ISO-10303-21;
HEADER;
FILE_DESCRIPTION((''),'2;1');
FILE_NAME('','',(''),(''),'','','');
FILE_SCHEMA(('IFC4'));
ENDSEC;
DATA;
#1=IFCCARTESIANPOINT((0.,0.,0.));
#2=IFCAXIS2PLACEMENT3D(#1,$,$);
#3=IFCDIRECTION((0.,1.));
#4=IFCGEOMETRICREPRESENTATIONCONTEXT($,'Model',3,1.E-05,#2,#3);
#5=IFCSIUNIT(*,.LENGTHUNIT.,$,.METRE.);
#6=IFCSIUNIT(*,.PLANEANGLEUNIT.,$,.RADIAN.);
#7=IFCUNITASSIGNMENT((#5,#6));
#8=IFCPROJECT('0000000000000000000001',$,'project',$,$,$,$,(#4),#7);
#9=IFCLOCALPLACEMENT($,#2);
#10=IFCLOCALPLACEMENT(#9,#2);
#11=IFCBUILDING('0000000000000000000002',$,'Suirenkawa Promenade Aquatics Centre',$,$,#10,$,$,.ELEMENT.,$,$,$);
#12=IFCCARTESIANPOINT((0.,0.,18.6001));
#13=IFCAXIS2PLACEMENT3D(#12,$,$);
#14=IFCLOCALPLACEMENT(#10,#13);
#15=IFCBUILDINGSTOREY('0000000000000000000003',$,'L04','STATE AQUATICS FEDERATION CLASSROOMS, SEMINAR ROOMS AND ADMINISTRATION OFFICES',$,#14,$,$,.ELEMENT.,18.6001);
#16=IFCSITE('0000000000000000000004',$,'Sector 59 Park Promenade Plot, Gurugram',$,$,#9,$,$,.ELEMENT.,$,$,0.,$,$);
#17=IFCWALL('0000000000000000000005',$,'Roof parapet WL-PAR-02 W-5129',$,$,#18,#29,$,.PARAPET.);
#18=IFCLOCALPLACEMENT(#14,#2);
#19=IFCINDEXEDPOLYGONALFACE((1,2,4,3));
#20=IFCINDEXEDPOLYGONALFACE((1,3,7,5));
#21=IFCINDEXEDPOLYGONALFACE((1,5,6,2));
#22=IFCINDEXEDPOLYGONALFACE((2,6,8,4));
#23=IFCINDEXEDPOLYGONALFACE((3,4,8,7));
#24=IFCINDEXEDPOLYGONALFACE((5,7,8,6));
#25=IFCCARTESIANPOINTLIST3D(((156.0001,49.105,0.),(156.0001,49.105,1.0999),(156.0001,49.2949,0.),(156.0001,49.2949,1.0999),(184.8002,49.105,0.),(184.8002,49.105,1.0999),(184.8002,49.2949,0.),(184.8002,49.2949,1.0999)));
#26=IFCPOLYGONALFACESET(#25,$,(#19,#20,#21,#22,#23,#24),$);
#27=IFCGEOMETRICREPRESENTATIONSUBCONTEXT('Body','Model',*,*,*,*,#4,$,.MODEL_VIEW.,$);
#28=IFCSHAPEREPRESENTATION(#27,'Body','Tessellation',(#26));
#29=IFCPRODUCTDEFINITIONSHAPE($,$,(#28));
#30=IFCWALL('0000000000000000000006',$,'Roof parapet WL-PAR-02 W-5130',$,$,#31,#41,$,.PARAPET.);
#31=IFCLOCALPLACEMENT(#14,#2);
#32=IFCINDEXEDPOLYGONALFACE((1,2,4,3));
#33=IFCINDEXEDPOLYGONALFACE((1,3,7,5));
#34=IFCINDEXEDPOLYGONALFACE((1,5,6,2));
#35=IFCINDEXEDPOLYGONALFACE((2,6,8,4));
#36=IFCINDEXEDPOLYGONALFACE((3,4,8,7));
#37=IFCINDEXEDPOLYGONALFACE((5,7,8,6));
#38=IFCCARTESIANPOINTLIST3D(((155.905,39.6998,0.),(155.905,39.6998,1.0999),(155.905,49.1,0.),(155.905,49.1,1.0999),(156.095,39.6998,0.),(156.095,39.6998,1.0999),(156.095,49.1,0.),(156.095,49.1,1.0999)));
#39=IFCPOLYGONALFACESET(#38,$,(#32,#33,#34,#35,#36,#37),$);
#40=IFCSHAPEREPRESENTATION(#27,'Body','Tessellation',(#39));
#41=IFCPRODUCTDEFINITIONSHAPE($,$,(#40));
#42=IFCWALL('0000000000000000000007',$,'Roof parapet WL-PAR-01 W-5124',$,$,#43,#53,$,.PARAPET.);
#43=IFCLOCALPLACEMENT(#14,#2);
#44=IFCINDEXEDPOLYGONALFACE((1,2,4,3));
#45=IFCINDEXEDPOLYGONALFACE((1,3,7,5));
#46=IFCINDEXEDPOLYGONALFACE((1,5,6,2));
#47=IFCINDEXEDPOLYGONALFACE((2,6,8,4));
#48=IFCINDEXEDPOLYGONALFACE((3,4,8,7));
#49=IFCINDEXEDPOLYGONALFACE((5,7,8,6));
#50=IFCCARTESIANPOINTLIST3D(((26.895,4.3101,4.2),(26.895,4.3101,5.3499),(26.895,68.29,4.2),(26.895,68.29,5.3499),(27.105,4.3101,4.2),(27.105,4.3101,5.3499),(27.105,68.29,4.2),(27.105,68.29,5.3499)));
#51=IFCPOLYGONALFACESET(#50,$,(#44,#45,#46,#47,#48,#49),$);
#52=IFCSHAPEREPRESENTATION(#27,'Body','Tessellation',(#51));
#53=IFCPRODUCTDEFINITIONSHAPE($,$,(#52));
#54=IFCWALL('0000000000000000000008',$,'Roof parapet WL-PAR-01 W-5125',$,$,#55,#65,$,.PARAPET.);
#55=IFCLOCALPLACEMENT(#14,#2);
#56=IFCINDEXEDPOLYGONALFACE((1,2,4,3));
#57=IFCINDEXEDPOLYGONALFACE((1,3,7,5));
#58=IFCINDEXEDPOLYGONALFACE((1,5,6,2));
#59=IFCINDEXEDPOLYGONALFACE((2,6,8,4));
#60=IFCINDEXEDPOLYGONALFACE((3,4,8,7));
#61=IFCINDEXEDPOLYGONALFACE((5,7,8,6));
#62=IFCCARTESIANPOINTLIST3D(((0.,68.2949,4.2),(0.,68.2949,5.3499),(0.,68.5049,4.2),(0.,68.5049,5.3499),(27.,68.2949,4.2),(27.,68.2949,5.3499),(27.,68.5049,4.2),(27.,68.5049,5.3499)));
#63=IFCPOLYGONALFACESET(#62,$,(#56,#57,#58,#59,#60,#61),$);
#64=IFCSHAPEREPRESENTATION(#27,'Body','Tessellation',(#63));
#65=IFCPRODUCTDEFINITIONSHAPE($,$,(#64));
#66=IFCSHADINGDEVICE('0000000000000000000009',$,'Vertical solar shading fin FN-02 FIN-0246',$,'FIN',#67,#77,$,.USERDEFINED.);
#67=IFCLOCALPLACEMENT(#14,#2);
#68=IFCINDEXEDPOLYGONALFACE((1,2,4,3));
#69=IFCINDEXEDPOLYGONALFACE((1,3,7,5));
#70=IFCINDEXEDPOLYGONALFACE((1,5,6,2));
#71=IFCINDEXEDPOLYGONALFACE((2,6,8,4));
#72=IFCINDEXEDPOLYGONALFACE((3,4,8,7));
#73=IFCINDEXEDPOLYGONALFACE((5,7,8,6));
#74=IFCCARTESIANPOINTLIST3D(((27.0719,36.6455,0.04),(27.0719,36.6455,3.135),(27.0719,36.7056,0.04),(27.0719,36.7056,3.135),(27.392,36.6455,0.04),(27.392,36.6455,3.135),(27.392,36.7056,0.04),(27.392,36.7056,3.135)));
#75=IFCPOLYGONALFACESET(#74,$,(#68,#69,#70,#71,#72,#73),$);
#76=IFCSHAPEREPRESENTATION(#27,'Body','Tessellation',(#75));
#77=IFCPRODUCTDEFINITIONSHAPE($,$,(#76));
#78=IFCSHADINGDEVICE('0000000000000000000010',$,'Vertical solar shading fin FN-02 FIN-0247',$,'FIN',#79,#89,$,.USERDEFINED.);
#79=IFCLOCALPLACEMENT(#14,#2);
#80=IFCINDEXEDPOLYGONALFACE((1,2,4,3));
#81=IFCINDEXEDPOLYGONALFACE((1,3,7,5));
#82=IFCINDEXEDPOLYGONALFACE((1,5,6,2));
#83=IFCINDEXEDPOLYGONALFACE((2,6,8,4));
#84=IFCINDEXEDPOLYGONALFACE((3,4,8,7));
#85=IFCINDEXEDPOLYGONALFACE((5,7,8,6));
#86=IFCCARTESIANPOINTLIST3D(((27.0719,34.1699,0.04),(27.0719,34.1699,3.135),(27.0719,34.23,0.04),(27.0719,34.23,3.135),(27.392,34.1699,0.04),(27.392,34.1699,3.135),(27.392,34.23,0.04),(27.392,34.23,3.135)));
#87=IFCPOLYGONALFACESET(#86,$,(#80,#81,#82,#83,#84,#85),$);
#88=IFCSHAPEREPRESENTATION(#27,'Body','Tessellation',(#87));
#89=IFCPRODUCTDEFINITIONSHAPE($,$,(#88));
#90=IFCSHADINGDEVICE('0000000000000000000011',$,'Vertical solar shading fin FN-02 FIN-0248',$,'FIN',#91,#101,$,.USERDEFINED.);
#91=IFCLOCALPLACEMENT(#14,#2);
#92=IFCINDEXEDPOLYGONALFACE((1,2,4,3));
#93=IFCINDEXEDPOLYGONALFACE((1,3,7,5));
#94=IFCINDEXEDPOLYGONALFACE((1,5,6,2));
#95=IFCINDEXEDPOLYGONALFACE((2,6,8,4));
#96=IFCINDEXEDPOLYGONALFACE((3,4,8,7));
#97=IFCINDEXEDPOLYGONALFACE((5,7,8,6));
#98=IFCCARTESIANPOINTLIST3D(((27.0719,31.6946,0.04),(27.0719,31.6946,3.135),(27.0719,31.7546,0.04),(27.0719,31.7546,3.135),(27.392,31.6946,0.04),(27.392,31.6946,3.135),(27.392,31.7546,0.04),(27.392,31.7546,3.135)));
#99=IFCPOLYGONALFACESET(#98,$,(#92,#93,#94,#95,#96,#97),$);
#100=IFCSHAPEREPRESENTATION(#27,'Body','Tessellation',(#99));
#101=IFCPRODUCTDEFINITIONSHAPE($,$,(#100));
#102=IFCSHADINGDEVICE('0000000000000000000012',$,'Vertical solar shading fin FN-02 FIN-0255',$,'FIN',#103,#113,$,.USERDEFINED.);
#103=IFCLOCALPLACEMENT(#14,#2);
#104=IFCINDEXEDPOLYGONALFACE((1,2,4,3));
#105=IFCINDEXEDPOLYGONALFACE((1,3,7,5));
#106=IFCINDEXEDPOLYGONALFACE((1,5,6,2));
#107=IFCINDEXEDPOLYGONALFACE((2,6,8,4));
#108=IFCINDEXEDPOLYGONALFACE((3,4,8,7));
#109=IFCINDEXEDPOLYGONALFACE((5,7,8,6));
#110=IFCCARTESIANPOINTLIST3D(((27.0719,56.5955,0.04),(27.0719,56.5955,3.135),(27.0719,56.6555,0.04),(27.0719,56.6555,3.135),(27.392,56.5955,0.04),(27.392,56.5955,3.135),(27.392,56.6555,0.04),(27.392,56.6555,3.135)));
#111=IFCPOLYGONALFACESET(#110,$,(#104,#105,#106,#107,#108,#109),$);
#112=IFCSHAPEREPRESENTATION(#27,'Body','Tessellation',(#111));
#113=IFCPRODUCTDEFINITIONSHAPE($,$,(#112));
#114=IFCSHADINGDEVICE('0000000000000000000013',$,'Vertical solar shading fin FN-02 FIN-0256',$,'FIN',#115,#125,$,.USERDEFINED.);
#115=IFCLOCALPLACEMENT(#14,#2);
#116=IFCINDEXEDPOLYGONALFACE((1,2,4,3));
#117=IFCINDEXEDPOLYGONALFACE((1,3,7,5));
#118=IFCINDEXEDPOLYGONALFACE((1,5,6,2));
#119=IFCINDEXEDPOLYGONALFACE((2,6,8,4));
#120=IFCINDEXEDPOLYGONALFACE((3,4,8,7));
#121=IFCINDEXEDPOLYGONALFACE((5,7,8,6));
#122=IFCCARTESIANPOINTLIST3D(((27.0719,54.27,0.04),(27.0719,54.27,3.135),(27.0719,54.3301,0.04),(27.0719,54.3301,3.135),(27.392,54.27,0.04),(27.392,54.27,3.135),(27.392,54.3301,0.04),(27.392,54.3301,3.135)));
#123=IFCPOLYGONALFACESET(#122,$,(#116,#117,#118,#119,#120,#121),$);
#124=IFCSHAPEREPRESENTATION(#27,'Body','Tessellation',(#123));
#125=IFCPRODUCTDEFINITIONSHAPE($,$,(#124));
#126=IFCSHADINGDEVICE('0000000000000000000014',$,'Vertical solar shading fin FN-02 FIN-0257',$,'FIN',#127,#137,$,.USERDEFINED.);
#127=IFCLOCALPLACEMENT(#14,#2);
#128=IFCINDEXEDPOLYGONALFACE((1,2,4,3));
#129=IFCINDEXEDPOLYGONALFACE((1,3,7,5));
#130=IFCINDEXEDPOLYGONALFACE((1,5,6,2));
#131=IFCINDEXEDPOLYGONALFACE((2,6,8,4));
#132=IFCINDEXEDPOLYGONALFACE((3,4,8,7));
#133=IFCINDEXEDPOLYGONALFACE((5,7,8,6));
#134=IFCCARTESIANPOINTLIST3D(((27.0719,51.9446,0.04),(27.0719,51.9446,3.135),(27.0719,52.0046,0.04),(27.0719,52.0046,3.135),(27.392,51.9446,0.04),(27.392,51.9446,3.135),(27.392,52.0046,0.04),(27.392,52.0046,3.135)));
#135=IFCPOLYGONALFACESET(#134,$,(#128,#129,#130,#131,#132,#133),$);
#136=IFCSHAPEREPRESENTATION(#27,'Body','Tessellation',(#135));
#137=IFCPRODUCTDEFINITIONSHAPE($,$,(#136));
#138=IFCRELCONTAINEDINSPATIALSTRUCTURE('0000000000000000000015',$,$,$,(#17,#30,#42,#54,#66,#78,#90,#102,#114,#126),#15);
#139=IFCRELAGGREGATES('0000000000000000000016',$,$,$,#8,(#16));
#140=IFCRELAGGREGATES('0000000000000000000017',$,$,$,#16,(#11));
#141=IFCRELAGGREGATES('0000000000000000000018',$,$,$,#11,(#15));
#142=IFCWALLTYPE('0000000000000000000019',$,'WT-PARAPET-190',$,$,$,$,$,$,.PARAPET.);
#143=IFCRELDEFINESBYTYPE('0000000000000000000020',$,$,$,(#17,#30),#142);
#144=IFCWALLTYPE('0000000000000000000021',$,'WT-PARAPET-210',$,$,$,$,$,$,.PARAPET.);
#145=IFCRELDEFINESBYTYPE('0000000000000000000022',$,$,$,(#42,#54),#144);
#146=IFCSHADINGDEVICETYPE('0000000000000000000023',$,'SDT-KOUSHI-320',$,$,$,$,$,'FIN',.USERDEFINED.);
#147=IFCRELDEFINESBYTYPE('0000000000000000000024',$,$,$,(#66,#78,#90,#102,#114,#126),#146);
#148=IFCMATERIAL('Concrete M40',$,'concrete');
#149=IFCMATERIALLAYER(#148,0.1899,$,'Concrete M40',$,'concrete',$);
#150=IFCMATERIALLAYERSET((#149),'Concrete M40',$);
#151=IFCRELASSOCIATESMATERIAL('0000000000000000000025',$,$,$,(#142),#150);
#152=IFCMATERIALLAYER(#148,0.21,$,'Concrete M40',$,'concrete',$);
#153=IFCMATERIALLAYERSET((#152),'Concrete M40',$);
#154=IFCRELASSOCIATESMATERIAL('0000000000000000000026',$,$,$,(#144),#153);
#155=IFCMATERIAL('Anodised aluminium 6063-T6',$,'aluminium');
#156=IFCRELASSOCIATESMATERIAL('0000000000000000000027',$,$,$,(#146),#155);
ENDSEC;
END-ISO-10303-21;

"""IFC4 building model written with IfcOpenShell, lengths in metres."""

from ifc_helpers import new_model, si_unit, direction, frame, frame_2d, origin, origin_2d, place, context, subcontext, project, spatial, rectangle, extrude, material, layer, layer_set, type_object, element, save


model = new_model("IFC4")

# Units and contexts
model_context = context("Model", 3, precision=1e-05, world=origin(), true_north=direction((0.0, 1.0)))
body_context = subcontext(model_context, "Body", "Model", "MODEL_VIEW")
ifc_project = project(units=[si_unit("LENGTHUNIT", "METRE"), si_unit("PLANEANGLEUNIT", "RADIAN")], contexts=[model_context])

# Site, building, storey
site_placement = place(None, origin())
site = spatial("IfcSite", under=ifc_project, at=site_placement, Name="Sector 59 Park Promenade Plot, Gurugram", CompositionType="ELEMENT", RefElevation=0.0)
building_placement = place(site_placement, origin())
building = spatial("IfcBuilding", under=site, at=building_placement, Name="Suirenkawa Promenade Aquatics Centre", CompositionType="ELEMENT")
storey_placement = place(building_placement, frame((0.0, 0.0, 18.6001)))
storey = spatial("IfcBuildingStorey", under=building, at=storey_placement, Name="L04", Description="STATE AQUATICS FEDERATION CLASSROOMS, SEMINAR ROOMS AND ADMINISTRATION OFFICES", CompositionType="ELEMENT", Elevation=18.6001)

# Shared definitions
ifc_material_1 = material(Name="Anodised aluminium 6063-T6", Category="aluminium")

# Shared definitions
ifc_material_2 = material(Name="Concrete M40", Category="concrete")

# Walls
ifc_layer_1 = layer(ifc_material_2, 0.1899, Name="Concrete M40", Category="concrete")
ifc_layer_set_1 = layer_set([ifc_layer_1], Name="Concrete M40")
wall_type_1 = type_object("IfcWallType", Name="WT-PARAPET-190", PredefinedType="PARAPET", material=ifc_layer_set_1)
wall_1_placement = place(storey_placement, frame((184.8, 49.2, 0.0), z_axis=(0.0, 0.0, 1.0), x_axis=(-1.0, 0.0, 0.0)))
element("IfcWall", 1, at=wall_1_placement, inside=storey, type_object=wall_type_1, Name="Roof parapet WL-PAR-02 W-5129", PredefinedType="PARAPET", context=body_context, shape_type="SweptSolid", body=[
    extrude(rectangle(XDim=28.8, YDim=0.1899, at=frame_2d((14.3999, 0.0))), origin(), (0.0, 0.0, 1.0), 1.0999),
])
wall_2_placement = place(storey_placement, frame((156.0, 49.1001, 0.0), z_axis=(0.0, 0.0, 1.0), x_axis=(0.0, -1.0, 0.0)))
element("IfcWall", 2, at=wall_2_placement, inside=storey, type_object=wall_type_1, Name="Roof parapet WL-PAR-02 W-5130", PredefinedType="PARAPET", context=body_context, shape_type="SweptSolid", body=[
    extrude(rectangle(XDim=9.4001, YDim=0.1899, at=frame_2d((4.7002, 0.0))), origin(), (0.0, 0.0, 1.0), 1.0999),
])
ifc_layer_2 = layer(ifc_material_2, 0.21, Name="Concrete M40", Category="concrete")
ifc_layer_set_2 = layer_set([ifc_layer_2], Name="Concrete M40")
wall_type_2 = type_object("IfcWallType", Name="WT-PARAPET-210", PredefinedType="PARAPET", material=ifc_layer_set_2)
wall_3_placement = place(storey_placement, frame((27.0, 4.3101, 4.2), z_axis=(0.0, 0.0, 1.0), x_axis=(0.0, 1.0, 0.0)))
element("IfcWall", 3, at=wall_3_placement, inside=storey, type_object=wall_type_2, Name="Roof parapet WL-PAR-01 W-5124", PredefinedType="PARAPET", context=body_context, shape_type="SweptSolid", body=[
    extrude(rectangle(XDim=63.98, YDim=0.21, at=frame_2d((31.99, 0.0))), origin(), (0.0, 0.0, 1.0), 1.1499),
])
wall_4_placement = place(storey_placement, frame((27.0, 68.3999, 4.2), z_axis=(0.0, 0.0, 1.0), x_axis=(-1.0, 0.0, 0.0)))
element("IfcWall", 4, at=wall_4_placement, inside=storey, type_object=wall_type_2, Name="Roof parapet WL-PAR-01 W-5125", PredefinedType="PARAPET", context=body_context, shape_type="SweptSolid", body=[
    extrude(rectangle(XDim=27.0, YDim=0.21, at=frame_2d((13.5, 0.0))), origin(), (0.0, 0.0, 1.0), 1.1499),
])

# Shading devices
shading_device_type = type_object("IfcShadingDeviceType", Name="SDT-KOUSHI-320", ElementType="FIN", PredefinedType="USERDEFINED", material=ifc_material_1)
for number, where, z_axis, x_axis, name in (
    (5, (27.2319, 36.6755, 0.04), (0.0, 0.0, 1.0), (1.0, 0.0, 0.0), "Vertical solar shading fin FN-02 FIN-0246"),
    (6, (27.2319, 34.2, 0.04), (0.0, 0.0, 1.0), (1.0, 0.0, 0.0), "Vertical solar shading fin FN-02 FIN-0247"),
    (7, (27.2319, 31.7246, 0.04), (0.0, 0.0, 1.0), (1.0, 0.0, 0.0), "Vertical solar shading fin FN-02 FIN-0248"),
    (8, (27.2319, 56.6255, 0.04), (0.0, 0.0, 1.0), (1.0, 0.0, 0.0), "Vertical solar shading fin FN-02 FIN-0255"),
    (9, (27.2319, 54.3, 0.04), (0.0, 0.0, 1.0), (1.0, 0.0, 0.0), "Vertical solar shading fin FN-02 FIN-0256"),
    (10, (27.2319, 51.9746, 0.04), (0.0, 0.0, 1.0), (1.0, 0.0, 0.0), "Vertical solar shading fin FN-02 FIN-0257"),
):
    element("IfcShadingDevice", number, at=place(storey_placement, frame(where, z_axis=z_axis, x_axis=x_axis)), inside=storey, type_object=shading_device_type, Name=name, ObjectType="FIN", PredefinedType="USERDEFINED", context=body_context, shape_type="SweptSolid", body=[
        extrude(rectangle(XDim=0.3201, YDim=0.0601, at=origin_2d()), origin(), (0.0, 0.0, 1.0), 3.095),
    ])

save(model, "model.ifc")
